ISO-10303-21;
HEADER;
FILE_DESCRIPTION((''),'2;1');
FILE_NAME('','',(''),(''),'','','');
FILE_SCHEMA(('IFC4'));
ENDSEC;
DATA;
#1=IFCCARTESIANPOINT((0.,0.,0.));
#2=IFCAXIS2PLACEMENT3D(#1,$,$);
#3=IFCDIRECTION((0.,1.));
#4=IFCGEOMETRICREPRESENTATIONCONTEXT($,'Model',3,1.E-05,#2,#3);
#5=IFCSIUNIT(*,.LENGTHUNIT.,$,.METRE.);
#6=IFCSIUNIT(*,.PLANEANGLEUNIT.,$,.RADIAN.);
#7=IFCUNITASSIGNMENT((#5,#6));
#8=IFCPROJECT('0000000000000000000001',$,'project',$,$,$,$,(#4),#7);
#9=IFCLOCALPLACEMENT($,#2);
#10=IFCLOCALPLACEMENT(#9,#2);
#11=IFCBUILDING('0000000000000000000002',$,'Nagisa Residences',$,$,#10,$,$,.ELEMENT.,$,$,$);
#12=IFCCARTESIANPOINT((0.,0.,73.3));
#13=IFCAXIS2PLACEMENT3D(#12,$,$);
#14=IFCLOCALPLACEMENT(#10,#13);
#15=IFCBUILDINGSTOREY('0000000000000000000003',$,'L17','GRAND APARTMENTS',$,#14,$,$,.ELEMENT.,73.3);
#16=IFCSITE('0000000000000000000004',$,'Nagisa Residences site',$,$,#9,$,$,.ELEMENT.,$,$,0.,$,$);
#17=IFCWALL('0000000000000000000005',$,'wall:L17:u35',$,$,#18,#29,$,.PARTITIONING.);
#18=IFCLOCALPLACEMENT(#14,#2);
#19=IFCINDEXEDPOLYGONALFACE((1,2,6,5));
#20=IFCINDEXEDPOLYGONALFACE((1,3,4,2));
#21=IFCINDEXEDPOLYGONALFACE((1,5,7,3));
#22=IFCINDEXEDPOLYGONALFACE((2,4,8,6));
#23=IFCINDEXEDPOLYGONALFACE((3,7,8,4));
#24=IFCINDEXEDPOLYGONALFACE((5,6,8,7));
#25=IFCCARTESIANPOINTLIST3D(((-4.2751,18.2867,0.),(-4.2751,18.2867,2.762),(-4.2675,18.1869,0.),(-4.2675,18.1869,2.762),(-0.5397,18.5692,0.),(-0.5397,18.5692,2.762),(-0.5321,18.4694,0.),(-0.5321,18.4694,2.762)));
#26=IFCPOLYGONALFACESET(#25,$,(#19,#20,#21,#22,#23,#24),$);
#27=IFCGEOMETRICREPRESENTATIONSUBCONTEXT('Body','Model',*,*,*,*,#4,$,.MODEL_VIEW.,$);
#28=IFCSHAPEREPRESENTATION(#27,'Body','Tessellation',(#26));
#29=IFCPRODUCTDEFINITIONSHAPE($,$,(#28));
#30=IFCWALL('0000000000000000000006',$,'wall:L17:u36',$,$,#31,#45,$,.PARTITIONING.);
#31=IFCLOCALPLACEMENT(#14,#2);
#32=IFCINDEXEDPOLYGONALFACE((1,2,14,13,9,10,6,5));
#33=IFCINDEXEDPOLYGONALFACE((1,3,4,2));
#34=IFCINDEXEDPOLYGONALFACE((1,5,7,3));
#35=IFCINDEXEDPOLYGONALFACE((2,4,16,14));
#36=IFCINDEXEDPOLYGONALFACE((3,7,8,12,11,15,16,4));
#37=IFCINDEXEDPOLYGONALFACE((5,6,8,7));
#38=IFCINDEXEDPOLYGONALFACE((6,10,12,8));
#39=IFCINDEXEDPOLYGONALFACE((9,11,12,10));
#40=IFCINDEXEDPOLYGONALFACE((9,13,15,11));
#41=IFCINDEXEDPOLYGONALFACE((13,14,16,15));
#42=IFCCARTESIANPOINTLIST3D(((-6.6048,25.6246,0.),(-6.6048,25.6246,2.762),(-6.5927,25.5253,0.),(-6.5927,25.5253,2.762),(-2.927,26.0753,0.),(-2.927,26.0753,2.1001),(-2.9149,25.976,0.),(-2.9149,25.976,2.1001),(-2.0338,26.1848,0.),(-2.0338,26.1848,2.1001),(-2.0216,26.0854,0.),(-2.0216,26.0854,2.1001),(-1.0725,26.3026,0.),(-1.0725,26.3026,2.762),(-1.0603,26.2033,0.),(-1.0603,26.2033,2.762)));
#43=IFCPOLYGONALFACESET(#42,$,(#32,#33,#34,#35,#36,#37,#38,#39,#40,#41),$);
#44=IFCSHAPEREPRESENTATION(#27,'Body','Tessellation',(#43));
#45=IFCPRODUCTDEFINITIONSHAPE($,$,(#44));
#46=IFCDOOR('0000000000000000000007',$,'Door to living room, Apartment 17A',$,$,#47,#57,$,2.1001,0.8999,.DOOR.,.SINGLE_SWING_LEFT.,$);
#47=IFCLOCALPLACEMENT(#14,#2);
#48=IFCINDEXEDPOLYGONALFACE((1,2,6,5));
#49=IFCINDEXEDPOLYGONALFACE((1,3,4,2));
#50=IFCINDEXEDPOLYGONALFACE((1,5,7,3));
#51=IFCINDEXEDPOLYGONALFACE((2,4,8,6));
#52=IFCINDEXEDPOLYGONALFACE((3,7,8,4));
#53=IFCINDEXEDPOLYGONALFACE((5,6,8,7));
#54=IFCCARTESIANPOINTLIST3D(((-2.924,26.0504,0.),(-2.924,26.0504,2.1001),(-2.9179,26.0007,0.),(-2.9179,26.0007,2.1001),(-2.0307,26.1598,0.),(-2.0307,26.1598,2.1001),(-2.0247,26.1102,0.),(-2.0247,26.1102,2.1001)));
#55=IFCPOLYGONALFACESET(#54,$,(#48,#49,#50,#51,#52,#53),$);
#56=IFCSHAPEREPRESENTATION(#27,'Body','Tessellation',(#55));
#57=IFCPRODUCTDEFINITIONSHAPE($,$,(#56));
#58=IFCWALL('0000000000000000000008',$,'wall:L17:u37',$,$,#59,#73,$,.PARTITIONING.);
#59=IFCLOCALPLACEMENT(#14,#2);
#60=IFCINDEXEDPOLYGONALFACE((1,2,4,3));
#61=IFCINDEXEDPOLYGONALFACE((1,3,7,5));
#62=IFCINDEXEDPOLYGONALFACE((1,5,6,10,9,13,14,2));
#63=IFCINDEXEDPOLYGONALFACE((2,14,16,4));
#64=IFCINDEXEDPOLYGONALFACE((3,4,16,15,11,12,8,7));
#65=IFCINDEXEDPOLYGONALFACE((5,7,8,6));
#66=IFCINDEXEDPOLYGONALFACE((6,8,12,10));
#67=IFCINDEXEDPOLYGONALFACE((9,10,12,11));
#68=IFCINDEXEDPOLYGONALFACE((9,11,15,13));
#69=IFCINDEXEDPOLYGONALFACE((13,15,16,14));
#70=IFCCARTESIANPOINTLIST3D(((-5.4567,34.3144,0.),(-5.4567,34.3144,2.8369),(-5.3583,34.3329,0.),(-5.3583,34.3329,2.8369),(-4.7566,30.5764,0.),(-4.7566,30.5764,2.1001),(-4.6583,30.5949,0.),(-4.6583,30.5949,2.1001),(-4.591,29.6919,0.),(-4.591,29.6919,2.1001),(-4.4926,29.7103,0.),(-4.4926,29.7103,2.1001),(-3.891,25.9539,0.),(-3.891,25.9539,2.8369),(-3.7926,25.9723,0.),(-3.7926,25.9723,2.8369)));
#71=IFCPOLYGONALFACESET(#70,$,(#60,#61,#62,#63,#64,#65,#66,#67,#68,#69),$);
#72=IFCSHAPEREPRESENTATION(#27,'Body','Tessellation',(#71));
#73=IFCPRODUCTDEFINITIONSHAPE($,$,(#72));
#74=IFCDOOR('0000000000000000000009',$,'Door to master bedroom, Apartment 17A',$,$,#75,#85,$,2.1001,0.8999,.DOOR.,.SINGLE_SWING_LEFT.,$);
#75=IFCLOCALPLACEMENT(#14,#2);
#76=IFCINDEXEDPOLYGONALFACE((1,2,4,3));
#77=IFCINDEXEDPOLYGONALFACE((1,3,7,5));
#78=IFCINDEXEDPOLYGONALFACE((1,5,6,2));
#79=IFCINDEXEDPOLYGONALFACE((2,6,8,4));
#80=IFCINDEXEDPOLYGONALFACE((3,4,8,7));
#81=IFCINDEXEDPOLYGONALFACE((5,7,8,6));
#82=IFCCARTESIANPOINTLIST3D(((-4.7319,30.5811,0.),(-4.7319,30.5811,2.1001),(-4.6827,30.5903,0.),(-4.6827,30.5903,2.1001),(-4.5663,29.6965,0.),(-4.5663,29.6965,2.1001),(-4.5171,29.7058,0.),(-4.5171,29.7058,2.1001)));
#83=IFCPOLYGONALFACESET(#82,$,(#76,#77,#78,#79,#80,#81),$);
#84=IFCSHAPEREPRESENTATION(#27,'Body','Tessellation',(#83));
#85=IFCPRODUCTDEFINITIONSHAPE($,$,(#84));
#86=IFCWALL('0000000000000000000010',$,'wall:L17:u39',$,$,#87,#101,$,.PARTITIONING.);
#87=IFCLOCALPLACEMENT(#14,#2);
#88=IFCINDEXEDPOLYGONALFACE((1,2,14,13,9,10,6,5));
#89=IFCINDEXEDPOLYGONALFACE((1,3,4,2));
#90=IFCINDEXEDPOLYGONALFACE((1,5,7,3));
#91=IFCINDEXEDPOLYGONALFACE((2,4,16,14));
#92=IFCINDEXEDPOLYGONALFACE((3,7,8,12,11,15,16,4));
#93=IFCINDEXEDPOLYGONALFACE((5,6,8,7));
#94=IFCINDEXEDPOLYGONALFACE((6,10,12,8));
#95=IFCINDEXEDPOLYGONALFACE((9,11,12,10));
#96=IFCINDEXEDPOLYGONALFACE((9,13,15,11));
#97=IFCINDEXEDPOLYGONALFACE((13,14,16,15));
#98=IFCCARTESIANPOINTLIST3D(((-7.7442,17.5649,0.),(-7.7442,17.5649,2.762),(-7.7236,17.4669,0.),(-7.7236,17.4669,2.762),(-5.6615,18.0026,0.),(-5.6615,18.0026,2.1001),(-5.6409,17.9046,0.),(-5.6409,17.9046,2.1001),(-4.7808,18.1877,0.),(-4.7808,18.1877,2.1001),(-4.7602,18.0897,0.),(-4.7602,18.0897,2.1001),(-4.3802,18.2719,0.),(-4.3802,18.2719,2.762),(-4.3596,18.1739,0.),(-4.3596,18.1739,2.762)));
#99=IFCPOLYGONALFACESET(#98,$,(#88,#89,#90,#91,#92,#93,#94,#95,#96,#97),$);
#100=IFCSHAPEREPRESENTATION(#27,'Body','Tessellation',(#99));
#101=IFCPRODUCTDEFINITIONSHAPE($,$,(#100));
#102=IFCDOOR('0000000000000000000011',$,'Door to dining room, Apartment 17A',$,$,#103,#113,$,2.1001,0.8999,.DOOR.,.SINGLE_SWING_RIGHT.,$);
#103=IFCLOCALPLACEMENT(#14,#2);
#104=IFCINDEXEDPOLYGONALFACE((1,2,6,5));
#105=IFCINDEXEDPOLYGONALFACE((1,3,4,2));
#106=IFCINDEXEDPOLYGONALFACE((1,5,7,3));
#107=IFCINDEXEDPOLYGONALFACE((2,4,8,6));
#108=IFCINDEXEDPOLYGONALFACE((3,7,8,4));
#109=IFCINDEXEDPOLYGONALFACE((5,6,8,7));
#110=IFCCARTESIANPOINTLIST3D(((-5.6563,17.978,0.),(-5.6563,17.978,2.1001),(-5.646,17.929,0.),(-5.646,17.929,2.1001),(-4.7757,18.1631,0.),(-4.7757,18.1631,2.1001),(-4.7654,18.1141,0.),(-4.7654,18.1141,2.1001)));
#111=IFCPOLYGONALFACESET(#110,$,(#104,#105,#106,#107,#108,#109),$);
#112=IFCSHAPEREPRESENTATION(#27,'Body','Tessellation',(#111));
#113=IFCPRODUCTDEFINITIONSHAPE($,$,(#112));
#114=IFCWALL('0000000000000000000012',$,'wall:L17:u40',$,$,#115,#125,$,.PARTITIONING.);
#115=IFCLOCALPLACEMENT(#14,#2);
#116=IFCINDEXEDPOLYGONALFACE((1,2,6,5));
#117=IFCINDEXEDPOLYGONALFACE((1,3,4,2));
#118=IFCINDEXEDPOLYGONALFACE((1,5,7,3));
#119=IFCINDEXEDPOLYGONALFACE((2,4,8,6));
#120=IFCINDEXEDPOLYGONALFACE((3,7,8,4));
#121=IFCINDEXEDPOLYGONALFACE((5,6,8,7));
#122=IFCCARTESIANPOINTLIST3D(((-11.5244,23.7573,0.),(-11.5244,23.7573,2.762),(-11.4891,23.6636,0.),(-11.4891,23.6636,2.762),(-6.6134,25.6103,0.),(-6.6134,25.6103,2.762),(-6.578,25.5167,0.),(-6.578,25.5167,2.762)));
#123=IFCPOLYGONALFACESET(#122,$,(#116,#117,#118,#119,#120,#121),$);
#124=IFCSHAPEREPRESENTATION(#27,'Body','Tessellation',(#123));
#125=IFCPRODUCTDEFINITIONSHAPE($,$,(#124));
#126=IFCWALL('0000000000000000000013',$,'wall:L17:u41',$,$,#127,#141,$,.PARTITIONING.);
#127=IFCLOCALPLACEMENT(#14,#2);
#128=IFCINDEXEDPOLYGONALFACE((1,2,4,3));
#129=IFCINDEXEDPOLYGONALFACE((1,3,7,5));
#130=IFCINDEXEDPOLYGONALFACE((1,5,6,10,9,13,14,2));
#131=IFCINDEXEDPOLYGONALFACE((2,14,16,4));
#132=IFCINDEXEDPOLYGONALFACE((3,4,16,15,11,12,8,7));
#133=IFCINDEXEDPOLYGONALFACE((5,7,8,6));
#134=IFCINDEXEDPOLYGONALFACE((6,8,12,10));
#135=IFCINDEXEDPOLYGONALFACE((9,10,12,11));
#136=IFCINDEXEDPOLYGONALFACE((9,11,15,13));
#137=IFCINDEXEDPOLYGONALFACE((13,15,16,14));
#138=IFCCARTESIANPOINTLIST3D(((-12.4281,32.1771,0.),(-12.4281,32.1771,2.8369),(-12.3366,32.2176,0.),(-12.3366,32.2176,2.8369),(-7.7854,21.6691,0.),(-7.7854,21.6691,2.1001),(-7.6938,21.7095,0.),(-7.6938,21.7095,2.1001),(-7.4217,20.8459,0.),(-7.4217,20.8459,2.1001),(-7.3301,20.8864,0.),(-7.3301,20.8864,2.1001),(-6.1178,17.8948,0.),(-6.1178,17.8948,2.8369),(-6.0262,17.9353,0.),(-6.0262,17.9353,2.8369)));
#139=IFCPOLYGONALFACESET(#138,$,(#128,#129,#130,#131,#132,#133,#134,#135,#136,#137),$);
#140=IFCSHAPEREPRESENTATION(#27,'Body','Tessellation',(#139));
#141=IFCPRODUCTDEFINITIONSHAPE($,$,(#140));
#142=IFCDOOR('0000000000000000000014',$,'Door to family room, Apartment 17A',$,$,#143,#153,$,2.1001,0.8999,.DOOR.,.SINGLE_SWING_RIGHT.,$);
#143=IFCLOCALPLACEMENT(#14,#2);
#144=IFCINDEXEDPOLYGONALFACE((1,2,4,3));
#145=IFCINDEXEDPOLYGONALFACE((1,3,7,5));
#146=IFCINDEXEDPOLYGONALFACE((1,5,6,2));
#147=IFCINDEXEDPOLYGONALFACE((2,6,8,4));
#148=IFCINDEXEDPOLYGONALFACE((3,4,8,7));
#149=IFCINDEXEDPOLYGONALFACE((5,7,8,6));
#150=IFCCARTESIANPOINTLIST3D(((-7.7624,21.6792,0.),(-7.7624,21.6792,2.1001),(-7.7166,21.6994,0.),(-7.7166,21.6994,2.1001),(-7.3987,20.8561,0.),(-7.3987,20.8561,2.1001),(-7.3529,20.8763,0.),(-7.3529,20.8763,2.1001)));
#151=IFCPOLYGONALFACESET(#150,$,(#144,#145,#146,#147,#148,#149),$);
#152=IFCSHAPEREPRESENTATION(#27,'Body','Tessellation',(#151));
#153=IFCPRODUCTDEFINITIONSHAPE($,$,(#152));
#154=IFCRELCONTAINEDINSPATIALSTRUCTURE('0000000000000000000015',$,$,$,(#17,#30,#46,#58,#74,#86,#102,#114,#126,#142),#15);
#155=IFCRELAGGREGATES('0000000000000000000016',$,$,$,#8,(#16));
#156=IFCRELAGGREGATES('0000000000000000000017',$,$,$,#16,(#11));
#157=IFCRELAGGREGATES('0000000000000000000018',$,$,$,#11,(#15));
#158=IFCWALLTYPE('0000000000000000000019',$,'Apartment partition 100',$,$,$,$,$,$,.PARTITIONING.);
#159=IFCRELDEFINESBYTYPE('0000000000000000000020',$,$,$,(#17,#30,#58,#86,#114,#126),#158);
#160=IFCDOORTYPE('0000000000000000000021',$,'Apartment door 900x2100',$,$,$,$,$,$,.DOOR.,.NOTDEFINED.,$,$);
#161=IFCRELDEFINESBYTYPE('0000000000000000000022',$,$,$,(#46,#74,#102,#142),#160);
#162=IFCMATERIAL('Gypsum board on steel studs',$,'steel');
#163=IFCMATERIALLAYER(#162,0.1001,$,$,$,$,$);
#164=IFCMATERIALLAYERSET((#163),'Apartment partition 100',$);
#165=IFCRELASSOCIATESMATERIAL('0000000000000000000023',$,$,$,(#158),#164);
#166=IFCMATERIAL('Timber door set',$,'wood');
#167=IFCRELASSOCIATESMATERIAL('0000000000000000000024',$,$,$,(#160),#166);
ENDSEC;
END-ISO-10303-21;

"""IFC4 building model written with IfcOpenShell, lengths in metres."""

from ifc_helpers import new_model, si_unit, direction, frame, frame_2d, origin, place, context, subcontext, project, spatial, rectangle, extrude, material, layer, layer_set, type_object, element, fill, save


model = new_model("IFC4")

# Units and contexts
model_context = context("Model", 3, precision=1e-05, world=origin(), true_north=direction((0.0, 1.0)))
body_context = subcontext(model_context, "Body", "Model", "MODEL_VIEW")
ifc_project = project(units=[si_unit("LENGTHUNIT", "METRE"), si_unit("PLANEANGLEUNIT", "RADIAN")], contexts=[model_context])

# Site, building, storey
site_placement = place(None, origin())
site = spatial("IfcSite", under=ifc_project, at=site_placement, Name="Nagisa Residences site", CompositionType="ELEMENT", RefElevation=0.0)
building_placement = place(site_placement, origin())
building = spatial("IfcBuilding", under=site, at=building_placement, Name="Nagisa Residences", CompositionType="ELEMENT")
storey_placement = place(building_placement, frame((0.0, 0.0, 73.3)))
storey = spatial("IfcBuildingStorey", under=building, at=storey_placement, Name="L17", Description="GRAND APARTMENTS", CompositionType="ELEMENT", Elevation=73.3)

# Wall
ifc_material_1 = material(Name="Gypsum board on steel studs", Category="steel")
ifc_layer_1 = layer(ifc_material_1, 0.1001)
ifc_layer_set_1 = layer_set([ifc_layer_1], Name="Apartment partition 100")
wall_type_1 = type_object("IfcWallType", Name="Apartment partition 100", PredefinedType="PARTITIONING", material=ifc_layer_set_1)
wall_1_placement = place(storey_placement, frame((-0.5359, 18.5193, 0.0), z_axis=(0.0, 0.0, 1.0), x_axis=(-0.997153, -0.075406, 0.0)))
element("IfcWall", 1, at=wall_1_placement, inside=storey, type_object=wall_type_1, Name="wall:L17:u35", PredefinedType="PARTITIONING", context=body_context, shape_type="SweptSolid", body=[
    extrude(rectangle(XDim=3.7461, YDim=0.1001, at=frame_2d((1.873, 0.0))), origin(), (0.0, 0.0, 1.0), 2.762),
])

# Walls, openings, doors
wall_2_placement = place(storey_placement, frame((-1.0664, 26.2529, 0.0), z_axis=(0.0, 0.0, 1.0), x_axis=(-0.992574, -0.121641, 0.0)))
wall_2 = element("IfcWall", 2, at=wall_2_placement, inside=storey, type_object=wall_type_1, Name="wall:L17:u36", PredefinedType="PARTITIONING", context=body_context, shape_type="SweptSolid", body=[
    extrude(rectangle(XDim=5.5737, YDim=0.1001, at=frame_2d((2.7869, 0.0))), origin(), (0.0, 0.0, 1.0), 2.762),
])
opening_1_placement = place(wall_2_placement, frame((0.9685, 0.0, 0.0)))
opening_1 = element("IfcOpeningElement", 3, at=opening_1_placement, cuts=wall_2, PredefinedType="OPENING", context=body_context, shape_type="SweptSolid", body=[
    extrude(rectangle(XDim=0.8999, YDim=2.1001, at=frame_2d((0.45, 1.05))), frame((0.0, 0.0601, 0.0), z_axis=(0.0, -1.0, 0.0), x_axis=(1.0, 0.0, 0.0)), (0.0, 0.0, 1.0), 0.1201),
])
ifc_material_2 = material(Name="Timber door set", Category="wood")
door_type_1 = type_object("IfcDoorType", Name="Apartment door 900x2100", OperationType="NOTDEFINED", PredefinedType="DOOR", material=ifc_material_2)
door_1_placement = place(opening_1_placement, frame((0.8999, 0.0, 0.0), x_axis=(-1.0, 0.0, 0.0)))
door_1 = element("IfcDoor", 4, at=door_1_placement, inside=storey, type_object=door_type_1, Name="Door to living room, Apartment 17A", OperationType="SINGLE_SWING_LEFT", OverallHeight=2.1001, OverallWidth=0.8999, PredefinedType="DOOR", context=body_context, shape_type="SweptSolid", body=[
    extrude(rectangle(XDim=0.8999, YDim=2.1001, at=frame_2d((0.45, 1.05))), frame((0.0, 0.0249, 0.0), z_axis=(0.0, -1.0, 0.0), x_axis=(1.0, 0.0, 0.0)), (0.0, 0.0, 1.0), 0.05),
])
fill(opening_1, door_1)
wall_3_placement = place(storey_placement, frame((-3.8418, 25.9631, 0.0), z_axis=(0.0, 0.0, 1.0), x_axis=(-0.184068, 0.982913, 0.0)))
wall_3 = element("IfcWall", 5, at=wall_3_placement, inside=storey, type_object=wall_type_1, Name="wall:L17:u37", PredefinedType="PARTITIONING", context=body_context, shape_type="SweptSolid", body=[
    extrude(rectangle(XDim=8.5059, YDim=0.1001, at=frame_2d((4.2529, 0.0))), origin(), (0.0, 0.0, 1.0), 2.8369),
])
opening_2_placement = place(wall_3_placement, frame((3.803, 0.0, 0.0)))
opening_2 = element("IfcOpeningElement", 6, at=opening_2_placement, cuts=wall_3, PredefinedType="OPENING", context=body_context, shape_type="SweptSolid", body=[
    extrude(rectangle(XDim=0.8999, YDim=2.1001, at=frame_2d((0.45, 1.05))), frame((0.0, 0.0601, 0.0), z_axis=(0.0, -1.0, 0.0), x_axis=(1.0, 0.0, 0.0)), (0.0, 0.0, 1.0), 0.1201),
])
door_2_placement = place(opening_2_placement, origin())
door_2 = element("IfcDoor", 7, at=door_2_placement, inside=storey, type_object=door_type_1, Name="Door to master bedroom, Apartment 17A", OperationType="SINGLE_SWING_LEFT", OverallHeight=2.1001, OverallWidth=0.8999, PredefinedType="DOOR", context=body_context, shape_type="SweptSolid", body=[
    extrude(rectangle(XDim=0.8999, YDim=2.1001, at=frame_2d((0.45, 1.05))), frame((0.0, 0.0249, 0.0), z_axis=(0.0, -1.0, 0.0), x_axis=(1.0, 0.0, 0.0)), (0.0, 0.0, 1.0), 0.05),
])
fill(opening_2, door_2)
wall_4_placement = place(storey_placement, frame((-4.3699, 18.2229, 0.0), z_axis=(0.0, 0.0, 1.0), x_axis=(-0.978619, -0.205681, 0.0)))
wall_4 = element("IfcWall", 8, at=wall_4_placement, inside=storey, type_object=wall_type_1, Name="wall:L17:u39", PredefinedType="PARTITIONING", context=body_context, shape_type="SweptSolid", body=[
    extrude(rectangle(XDim=3.4375, YDim=0.1001, at=frame_2d((1.7188, 0.0))), origin(), (0.0, 0.0, 1.0), 2.762),
])
opening_3_placement = place(wall_4_placement, frame((0.4094, 0.0, 0.0)))
opening_3 = element("IfcOpeningElement", 9, at=opening_3_placement, cuts=wall_4, PredefinedType="OPENING", context=body_context, shape_type="SweptSolid", body=[
    extrude(rectangle(XDim=0.8999, YDim=2.1001, at=frame_2d((0.45, 1.05))), frame((0.0, 0.0601, 0.0), z_axis=(0.0, -1.0, 0.0), x_axis=(1.0, 0.0, 0.0)), (0.0, 0.0, 1.0), 0.1201),
])
door_3_placement = place(opening_3_placement, frame((0.8999, 0.0, 0.0), x_axis=(-1.0, 0.0, 0.0)))
door_3 = element("IfcDoor", 10, at=door_3_placement, inside=storey, type_object=door_type_1, Name="Door to dining room, Apartment 17A", OperationType="SINGLE_SWING_RIGHT", OverallHeight=2.1001, OverallWidth=0.8999, PredefinedType="DOOR", context=body_context, shape_type="SweptSolid", body=[
    extrude(rectangle(XDim=0.8999, YDim=2.1001, at=frame_2d((0.45, 1.05))), frame((0.0, 0.0249, 0.0), z_axis=(0.0, -1.0, 0.0), x_axis=(1.0, 0.0, 0.0)), (0.0, 0.0, 1.0), 0.05),
])
fill(opening_3, door_3)

# Wall
wall_5_placement = place(storey_placement, frame((-6.5957, 25.5635, 0.0), z_axis=(0.0, 0.0, 1.0), x_axis=(-0.935616, -0.353019, 0.0)))
element("IfcWall", 11, at=wall_5_placement, inside=storey, type_object=wall_type_1, Name="wall:L17:u40", PredefinedType="PARTITIONING", context=body_context, shape_type="SweptSolid", body=[
    extrude(rectangle(XDim=5.249, YDim=0.1001, at=frame_2d((2.6245, 0.0))), origin(), (0.0, 0.0, 1.0), 2.762),
])

# Wall, opening, door
wall_6_placement = place(storey_placement, frame((-6.072, 17.915, 0.0), z_axis=(0.0, 0.0, 1.0), x_axis=(-0.40414, 0.914697, 0.0)))
wall_6 = element("IfcWall", 12, at=wall_6_placement, inside=storey, type_object=wall_type_1, Name="wall:L17:u41", PredefinedType="PARTITIONING", context=body_context, shape_type="SweptSolid", body=[
    extrude(rectangle(XDim=15.6143, YDim=0.1001, at=frame_2d((7.8071, 0.0))), origin(), (0.0, 0.0, 1.0), 2.8369),
])
opening_4_placement = place(wall_6_placement, frame((3.2263, 0.0, 0.0)))
opening_4 = element("IfcOpeningElement", 13, at=opening_4_placement, cuts=wall_6, PredefinedType="OPENING", context=body_context, shape_type="SweptSolid", body=[
    extrude(rectangle(XDim=0.8999, YDim=2.1001, at=frame_2d((0.45, 1.05))), frame((0.0, 0.0601, 0.0), z_axis=(0.0, -1.0, 0.0), x_axis=(1.0, 0.0, 0.0)), (0.0, 0.0, 1.0), 0.1201),
])
door_4_placement = place(opening_4_placement, origin())
door_4 = element("IfcDoor", 14, at=door_4_placement, inside=storey, type_object=door_type_1, Name="Door to family room, Apartment 17A", OperationType="SINGLE_SWING_RIGHT", OverallHeight=2.1001, OverallWidth=0.8999, PredefinedType="DOOR", context=body_context, shape_type="SweptSolid", body=[
    extrude(rectangle(XDim=0.8999, YDim=2.1001, at=frame_2d((0.45, 1.05))), frame((0.0, 0.0249, 0.0), z_axis=(0.0, -1.0, 0.0), x_axis=(1.0, 0.0, 0.0)), (0.0, 0.0, 1.0), 0.05),
])
fill(opening_4, door_4)

save(model, "model.ifc")
